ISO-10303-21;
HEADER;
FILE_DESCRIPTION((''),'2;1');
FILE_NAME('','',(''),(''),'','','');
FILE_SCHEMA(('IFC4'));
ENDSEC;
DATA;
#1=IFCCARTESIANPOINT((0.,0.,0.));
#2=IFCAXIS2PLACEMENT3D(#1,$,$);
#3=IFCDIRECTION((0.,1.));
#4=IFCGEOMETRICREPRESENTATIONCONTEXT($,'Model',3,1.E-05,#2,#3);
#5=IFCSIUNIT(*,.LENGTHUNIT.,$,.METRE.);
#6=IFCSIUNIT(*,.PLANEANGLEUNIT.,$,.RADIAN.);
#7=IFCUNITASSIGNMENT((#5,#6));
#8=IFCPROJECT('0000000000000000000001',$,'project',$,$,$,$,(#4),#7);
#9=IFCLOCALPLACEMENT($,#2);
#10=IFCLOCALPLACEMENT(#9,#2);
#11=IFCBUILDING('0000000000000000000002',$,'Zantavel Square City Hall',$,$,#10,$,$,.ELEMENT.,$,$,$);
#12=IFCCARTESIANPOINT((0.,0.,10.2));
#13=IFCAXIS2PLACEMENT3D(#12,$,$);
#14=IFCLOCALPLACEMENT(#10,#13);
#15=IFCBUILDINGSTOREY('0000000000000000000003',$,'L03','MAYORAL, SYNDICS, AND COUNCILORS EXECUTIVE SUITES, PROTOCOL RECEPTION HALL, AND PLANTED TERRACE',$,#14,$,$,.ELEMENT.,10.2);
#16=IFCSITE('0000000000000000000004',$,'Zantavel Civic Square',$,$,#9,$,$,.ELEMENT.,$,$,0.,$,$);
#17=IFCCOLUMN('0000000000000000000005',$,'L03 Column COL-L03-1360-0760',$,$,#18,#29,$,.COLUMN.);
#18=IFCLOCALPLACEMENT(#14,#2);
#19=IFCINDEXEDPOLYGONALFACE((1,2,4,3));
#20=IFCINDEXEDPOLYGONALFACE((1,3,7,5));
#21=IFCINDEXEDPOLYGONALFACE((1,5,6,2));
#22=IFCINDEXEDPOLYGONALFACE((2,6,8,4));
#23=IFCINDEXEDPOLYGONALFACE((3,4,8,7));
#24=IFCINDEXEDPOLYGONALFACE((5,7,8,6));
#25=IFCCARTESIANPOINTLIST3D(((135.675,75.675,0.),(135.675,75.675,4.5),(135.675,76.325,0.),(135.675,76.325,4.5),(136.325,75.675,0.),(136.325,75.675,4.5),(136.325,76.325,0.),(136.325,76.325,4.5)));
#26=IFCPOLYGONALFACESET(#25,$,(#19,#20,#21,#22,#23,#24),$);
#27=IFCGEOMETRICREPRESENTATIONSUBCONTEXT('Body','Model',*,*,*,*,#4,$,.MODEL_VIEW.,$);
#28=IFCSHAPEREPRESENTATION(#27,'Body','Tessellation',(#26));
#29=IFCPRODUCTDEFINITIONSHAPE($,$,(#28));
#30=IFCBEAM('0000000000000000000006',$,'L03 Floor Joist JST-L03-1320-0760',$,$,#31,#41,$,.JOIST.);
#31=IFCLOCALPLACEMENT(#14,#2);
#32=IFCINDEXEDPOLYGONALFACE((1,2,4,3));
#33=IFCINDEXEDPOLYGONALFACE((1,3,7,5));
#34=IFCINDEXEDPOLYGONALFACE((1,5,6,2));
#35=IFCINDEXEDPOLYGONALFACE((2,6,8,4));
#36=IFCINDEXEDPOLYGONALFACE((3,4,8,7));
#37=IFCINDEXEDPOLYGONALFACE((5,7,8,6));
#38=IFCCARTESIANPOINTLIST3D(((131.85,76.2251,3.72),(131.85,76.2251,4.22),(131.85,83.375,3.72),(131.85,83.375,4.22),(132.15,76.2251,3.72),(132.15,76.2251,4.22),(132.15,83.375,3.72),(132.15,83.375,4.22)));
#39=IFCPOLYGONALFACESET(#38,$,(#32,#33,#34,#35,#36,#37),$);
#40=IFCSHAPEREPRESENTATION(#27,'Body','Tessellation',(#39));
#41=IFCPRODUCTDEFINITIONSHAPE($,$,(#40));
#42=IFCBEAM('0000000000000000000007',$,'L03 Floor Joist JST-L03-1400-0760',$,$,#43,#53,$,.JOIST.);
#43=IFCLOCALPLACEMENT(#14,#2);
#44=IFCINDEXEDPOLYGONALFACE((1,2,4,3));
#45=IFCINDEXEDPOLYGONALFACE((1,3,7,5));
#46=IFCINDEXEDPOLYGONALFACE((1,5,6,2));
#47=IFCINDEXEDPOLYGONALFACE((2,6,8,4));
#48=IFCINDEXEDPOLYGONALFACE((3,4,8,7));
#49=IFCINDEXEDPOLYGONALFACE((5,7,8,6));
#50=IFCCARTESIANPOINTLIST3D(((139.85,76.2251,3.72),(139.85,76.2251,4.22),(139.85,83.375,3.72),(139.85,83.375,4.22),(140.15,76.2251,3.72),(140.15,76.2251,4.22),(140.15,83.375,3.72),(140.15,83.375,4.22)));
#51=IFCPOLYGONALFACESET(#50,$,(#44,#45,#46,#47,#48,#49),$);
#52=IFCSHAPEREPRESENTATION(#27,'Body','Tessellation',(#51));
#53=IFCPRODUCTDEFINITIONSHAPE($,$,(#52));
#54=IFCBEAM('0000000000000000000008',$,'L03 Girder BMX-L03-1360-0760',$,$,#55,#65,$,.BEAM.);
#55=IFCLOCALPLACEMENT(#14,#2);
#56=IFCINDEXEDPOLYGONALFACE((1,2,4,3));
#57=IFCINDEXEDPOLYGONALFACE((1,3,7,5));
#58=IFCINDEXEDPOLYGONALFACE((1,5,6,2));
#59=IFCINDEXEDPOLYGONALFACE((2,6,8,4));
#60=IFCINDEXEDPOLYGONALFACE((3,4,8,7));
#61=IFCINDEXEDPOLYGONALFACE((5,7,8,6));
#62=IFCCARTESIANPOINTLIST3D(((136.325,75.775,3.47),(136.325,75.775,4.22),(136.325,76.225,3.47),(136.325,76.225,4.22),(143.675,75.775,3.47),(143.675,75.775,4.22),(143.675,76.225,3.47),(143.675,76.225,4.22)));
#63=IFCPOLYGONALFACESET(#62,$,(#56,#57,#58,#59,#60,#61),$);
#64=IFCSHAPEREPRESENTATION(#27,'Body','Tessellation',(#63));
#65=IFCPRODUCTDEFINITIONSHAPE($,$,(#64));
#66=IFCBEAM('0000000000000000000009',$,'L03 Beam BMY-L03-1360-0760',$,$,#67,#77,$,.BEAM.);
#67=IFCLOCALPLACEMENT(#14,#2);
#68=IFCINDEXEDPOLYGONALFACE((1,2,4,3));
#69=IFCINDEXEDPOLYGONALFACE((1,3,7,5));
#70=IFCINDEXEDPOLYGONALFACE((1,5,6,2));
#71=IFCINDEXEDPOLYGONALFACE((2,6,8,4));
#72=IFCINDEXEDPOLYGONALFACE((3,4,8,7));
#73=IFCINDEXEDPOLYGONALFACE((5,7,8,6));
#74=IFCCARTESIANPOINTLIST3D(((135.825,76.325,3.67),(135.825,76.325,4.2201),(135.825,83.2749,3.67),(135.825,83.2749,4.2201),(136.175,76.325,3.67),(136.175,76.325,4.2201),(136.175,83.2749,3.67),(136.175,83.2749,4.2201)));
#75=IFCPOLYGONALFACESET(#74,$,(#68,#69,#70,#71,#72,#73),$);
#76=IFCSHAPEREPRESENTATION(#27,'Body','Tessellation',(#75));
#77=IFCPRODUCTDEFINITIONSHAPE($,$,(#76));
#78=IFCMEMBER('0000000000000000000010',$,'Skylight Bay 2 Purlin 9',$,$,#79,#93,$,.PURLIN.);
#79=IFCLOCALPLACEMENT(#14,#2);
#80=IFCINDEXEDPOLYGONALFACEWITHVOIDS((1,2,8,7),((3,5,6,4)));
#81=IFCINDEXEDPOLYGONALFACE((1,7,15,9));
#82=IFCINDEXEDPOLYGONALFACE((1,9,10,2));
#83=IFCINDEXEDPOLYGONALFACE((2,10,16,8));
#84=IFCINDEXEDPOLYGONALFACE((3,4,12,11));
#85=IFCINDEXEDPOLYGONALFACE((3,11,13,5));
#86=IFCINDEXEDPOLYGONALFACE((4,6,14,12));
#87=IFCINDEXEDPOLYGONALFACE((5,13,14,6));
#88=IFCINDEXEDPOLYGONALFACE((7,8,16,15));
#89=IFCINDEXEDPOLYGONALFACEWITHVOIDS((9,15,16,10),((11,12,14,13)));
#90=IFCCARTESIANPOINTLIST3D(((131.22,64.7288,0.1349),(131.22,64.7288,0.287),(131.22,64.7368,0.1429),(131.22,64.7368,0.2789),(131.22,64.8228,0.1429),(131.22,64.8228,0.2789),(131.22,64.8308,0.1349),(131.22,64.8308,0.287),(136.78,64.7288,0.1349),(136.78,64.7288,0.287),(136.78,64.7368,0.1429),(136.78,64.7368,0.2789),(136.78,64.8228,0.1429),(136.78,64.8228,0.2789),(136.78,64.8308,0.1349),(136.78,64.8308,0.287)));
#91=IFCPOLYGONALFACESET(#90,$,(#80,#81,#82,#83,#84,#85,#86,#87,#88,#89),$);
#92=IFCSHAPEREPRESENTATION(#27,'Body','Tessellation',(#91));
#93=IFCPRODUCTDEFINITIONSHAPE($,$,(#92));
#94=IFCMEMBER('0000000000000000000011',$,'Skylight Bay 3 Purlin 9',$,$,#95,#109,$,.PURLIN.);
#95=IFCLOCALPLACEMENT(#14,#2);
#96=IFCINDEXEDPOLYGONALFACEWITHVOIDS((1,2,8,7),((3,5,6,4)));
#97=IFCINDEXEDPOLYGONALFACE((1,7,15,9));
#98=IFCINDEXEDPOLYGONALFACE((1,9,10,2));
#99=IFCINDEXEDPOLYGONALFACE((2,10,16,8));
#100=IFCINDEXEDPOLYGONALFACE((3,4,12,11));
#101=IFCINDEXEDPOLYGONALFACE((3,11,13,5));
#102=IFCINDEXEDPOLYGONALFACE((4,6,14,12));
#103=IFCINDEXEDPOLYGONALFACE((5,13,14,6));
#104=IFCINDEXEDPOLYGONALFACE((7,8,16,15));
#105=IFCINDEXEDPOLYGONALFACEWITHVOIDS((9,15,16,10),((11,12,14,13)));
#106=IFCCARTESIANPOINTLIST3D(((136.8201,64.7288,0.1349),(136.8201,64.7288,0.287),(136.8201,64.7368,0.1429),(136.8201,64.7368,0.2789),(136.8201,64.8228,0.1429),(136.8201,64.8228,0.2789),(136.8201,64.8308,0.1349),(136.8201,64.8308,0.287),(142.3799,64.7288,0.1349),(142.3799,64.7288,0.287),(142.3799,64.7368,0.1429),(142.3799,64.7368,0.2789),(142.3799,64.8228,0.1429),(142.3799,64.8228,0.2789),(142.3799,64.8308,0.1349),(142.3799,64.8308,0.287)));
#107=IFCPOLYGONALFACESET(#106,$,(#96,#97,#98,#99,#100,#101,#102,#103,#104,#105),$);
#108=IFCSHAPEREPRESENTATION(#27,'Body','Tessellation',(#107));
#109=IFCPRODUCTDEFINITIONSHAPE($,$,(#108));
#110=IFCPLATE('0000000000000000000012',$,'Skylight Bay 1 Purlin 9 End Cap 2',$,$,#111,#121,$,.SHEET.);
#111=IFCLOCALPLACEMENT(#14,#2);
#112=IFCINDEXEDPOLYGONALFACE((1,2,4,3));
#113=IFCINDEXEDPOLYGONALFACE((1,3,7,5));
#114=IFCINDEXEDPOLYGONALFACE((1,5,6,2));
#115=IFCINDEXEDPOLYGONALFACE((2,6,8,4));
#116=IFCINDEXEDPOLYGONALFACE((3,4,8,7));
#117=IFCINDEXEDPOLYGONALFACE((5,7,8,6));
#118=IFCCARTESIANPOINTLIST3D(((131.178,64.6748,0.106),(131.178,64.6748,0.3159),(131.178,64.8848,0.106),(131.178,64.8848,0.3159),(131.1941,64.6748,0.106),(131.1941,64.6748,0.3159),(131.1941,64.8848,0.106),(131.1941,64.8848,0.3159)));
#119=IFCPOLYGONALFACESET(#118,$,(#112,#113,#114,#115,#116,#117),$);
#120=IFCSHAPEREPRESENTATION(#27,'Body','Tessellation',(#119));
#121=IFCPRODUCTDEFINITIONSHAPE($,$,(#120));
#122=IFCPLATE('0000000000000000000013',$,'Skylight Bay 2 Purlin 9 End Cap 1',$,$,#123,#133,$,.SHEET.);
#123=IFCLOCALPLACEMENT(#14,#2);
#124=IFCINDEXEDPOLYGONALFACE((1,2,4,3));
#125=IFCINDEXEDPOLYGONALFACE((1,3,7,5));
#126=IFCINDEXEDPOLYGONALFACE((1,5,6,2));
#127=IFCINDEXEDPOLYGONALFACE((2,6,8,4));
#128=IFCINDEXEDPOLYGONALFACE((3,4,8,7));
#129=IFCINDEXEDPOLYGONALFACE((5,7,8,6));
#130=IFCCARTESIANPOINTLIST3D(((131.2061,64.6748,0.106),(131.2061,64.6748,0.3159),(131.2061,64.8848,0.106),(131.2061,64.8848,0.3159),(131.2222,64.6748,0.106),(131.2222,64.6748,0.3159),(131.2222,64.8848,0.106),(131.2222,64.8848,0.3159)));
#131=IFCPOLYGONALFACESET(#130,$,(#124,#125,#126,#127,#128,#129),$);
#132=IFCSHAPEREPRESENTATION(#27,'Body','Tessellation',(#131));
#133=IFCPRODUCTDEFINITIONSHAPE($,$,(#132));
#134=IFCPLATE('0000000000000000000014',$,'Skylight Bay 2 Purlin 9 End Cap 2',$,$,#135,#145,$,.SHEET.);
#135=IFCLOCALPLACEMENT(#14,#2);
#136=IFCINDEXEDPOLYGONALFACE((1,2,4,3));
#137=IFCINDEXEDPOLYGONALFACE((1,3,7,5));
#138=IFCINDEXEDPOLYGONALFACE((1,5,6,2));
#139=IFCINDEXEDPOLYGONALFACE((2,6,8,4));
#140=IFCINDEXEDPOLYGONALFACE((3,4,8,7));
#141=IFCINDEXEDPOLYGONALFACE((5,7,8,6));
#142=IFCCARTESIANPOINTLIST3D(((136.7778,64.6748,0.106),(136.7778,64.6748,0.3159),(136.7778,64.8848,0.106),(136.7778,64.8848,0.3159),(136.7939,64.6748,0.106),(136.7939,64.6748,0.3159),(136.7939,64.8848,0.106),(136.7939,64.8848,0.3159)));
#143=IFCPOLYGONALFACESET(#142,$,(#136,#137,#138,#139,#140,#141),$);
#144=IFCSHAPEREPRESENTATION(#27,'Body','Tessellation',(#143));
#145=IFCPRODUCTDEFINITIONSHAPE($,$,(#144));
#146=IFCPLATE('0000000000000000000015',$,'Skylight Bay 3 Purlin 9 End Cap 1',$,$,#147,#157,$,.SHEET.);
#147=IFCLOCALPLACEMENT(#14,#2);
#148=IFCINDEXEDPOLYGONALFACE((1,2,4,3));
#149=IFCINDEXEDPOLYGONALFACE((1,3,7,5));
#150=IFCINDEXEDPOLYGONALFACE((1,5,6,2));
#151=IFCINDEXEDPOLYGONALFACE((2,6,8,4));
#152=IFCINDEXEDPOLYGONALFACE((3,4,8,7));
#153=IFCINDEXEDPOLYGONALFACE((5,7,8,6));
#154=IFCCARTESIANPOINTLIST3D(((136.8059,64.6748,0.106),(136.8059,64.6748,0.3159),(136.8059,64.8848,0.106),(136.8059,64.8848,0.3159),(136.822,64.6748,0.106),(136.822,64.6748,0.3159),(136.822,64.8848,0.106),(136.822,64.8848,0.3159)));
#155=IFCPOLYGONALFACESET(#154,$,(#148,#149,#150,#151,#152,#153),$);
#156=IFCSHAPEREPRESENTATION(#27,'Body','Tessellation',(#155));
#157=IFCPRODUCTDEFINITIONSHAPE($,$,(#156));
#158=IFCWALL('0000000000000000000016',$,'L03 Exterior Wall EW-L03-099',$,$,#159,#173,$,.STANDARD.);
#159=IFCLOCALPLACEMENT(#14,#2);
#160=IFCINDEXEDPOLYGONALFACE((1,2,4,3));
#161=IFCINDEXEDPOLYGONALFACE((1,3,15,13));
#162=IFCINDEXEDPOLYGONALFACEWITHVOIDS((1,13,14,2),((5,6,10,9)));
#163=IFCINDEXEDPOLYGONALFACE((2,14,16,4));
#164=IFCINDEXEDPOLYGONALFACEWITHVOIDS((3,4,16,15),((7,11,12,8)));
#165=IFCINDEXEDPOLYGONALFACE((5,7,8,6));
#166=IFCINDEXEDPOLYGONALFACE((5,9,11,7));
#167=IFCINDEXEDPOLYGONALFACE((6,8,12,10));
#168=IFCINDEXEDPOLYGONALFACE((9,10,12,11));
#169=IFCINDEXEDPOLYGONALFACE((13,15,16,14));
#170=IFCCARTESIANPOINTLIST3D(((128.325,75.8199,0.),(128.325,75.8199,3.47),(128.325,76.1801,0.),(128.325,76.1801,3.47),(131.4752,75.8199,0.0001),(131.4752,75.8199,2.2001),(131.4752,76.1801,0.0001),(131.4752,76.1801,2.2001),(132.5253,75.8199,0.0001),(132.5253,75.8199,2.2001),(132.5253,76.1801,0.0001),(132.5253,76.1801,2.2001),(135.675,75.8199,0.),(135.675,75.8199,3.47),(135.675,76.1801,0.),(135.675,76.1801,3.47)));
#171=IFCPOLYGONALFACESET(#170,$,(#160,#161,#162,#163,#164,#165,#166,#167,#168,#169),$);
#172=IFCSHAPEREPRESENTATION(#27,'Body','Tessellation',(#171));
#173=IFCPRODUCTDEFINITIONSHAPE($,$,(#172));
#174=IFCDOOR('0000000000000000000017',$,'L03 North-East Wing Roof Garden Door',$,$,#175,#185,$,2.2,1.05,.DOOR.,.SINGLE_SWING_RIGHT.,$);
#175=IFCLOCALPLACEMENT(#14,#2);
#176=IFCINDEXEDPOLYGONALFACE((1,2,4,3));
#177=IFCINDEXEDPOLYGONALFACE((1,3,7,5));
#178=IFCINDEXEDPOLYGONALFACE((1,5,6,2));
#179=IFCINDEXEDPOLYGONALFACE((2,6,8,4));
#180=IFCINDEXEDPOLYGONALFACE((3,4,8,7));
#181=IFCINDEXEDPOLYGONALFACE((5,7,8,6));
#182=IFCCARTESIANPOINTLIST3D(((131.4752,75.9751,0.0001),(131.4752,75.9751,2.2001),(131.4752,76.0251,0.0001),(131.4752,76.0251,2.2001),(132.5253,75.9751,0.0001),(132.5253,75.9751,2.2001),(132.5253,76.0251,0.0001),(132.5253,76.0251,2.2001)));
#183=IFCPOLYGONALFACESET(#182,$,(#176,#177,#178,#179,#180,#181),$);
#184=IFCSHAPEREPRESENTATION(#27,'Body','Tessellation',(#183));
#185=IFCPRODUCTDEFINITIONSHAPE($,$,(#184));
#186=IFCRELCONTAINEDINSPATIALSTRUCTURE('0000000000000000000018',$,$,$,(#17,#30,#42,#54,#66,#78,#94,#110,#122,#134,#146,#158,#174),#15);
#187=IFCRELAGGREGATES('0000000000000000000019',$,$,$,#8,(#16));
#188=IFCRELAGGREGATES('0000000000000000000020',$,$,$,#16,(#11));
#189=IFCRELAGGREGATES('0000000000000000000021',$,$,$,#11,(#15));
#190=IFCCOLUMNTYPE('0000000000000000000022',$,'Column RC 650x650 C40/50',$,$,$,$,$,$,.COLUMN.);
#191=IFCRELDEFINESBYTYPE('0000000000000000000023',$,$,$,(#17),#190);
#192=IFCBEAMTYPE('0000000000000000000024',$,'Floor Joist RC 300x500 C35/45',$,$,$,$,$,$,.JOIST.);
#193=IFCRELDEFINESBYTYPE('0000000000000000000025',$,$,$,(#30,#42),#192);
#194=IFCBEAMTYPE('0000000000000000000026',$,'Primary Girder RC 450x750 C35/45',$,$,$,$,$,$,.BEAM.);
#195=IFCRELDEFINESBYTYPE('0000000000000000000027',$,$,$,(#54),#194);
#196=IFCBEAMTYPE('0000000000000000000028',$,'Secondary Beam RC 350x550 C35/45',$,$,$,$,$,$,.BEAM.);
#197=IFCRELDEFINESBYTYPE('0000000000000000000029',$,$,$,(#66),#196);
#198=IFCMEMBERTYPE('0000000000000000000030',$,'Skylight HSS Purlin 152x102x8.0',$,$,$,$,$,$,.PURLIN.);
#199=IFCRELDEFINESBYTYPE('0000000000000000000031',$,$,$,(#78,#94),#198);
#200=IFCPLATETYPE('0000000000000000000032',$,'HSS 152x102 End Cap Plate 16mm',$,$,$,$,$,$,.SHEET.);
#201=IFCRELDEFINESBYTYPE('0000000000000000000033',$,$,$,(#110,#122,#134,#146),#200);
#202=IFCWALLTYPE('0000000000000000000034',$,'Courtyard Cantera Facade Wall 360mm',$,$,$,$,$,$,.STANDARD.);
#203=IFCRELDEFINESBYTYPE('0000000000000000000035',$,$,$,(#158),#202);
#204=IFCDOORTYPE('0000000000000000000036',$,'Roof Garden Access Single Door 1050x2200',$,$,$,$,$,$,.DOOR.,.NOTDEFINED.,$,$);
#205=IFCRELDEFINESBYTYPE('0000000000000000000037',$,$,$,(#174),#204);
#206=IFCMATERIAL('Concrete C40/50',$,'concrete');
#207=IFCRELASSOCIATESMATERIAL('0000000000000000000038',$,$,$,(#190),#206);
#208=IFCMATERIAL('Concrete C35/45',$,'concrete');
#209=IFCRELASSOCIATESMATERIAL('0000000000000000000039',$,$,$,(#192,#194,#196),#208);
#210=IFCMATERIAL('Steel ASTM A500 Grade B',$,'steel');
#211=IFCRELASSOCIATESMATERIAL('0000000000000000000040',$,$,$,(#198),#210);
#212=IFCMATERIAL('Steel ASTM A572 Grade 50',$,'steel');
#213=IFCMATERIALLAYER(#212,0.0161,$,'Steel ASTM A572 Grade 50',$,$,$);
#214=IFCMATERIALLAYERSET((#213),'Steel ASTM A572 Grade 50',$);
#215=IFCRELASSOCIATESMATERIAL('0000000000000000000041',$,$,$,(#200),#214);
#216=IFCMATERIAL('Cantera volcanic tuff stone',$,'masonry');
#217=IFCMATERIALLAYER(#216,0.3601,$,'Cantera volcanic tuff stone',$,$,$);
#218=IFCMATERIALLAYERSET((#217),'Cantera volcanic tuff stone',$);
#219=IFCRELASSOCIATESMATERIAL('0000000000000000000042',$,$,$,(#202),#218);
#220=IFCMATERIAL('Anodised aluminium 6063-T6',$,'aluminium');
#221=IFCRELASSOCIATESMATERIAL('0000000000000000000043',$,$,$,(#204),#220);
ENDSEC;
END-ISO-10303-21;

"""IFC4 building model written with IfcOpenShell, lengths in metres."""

from ifc_helpers import new_model, si_unit, direction, frame, frame_2d, origin, origin_2d, place, context, subcontext, project, spatial, rectangle, hollow_rectangle, extrude, material, layer, layer_set, material_profile, profile_set, type_object, element, fill, save


model = new_model("IFC4")

# Units and contexts
model_context = context("Model", 3, precision=1e-05, world=origin(), true_north=direction((0.0, 1.0)))
body_context = subcontext(model_context, "Body", "Model", "MODEL_VIEW")
ifc_project = project(units=[si_unit("LENGTHUNIT", "METRE"), si_unit("PLANEANGLEUNIT", "RADIAN")], contexts=[model_context])

# Site, building, storey
site_placement = place(None, origin())
site = spatial("IfcSite", under=ifc_project, at=site_placement, Name="Zantavel Civic Square", CompositionType="ELEMENT", RefElevation=0.0)
building_placement = place(site_placement, origin())
building = spatial("IfcBuilding", under=site, at=building_placement, Name="Zantavel Square City Hall", CompositionType="ELEMENT")
storey_placement = place(building_placement, frame((0.0, 0.0, 10.2)))
storey = spatial("IfcBuildingStorey", under=building, at=storey_placement, Name="L03", Description="MAYORAL, SYNDICS, AND COUNCILORS EXECUTIVE SUITES, PROTOCOL RECEPTION HALL, AND PLANTED TERRACE", CompositionType="ELEMENT", Elevation=10.2)

# Column
ifc_material_1 = material(Name="Concrete C40/50", Category="concrete")
ifc_material_profile_1 = material_profile(ifc_material_1, rectangle(XDim=0.6499, YDim=0.6499, at=origin_2d()), Name="RC 650x650")
ifc_profile_set_1 = profile_set([ifc_material_profile_1], Name="Concrete C40/50")
column_type = type_object("IfcColumnType", Name="Column RC 650x650 C40/50", PredefinedType="COLUMN", material=ifc_profile_set_1)
column_placement = place(storey_placement, frame((136.0, 76.0, 0.0), z_axis=(0.0, 0.0, 1.0), x_axis=(1.0, 0.0, 0.0)))
element("IfcColumn", 1, at=column_placement, inside=storey, type_object=column_type, Name="L03 Column COL-L03-1360-0760", PredefinedType="COLUMN", context=body_context, shape_type="SweptSolid", body=[
    extrude(rectangle(XDim=0.6499, YDim=0.6499, at=origin_2d()), origin(), (0.0, 0.0, 1.0), 4.5),
])

# Beams
ifc_material_2 = material(Name="Concrete C35/45", Category="concrete")
ifc_material_profile_2 = material_profile(ifc_material_2, rectangle(XDim=0.3, YDim=0.5, at=origin_2d()), Name="RC 300x500")
ifc_profile_set_2 = profile_set([ifc_material_profile_2], Name="Concrete C35/45")
beam_type_1 = type_object("IfcBeamType", Name="Floor Joist RC 300x500 C35/45", PredefinedType="JOIST", material=ifc_profile_set_2)
for number, where, z_axis, x_axis, name in (
    (2, (132.0, 76.2251, 3.97), (0.0, 1.0, 0.0), (-1.0, 0.0, 0.0), "L03 Floor Joist JST-L03-1320-0760"),
    (3, (140.0, 76.2251, 3.97), (0.0, 1.0, 0.0), (-1.0, 0.0, 0.0), "L03 Floor Joist JST-L03-1400-0760"),
):
    element("IfcBeam", number, at=place(storey_placement, frame(where, z_axis=z_axis, x_axis=x_axis)), inside=storey, type_object=beam_type_1, Name=name, PredefinedType="JOIST", context=body_context, shape_type="SweptSolid", body=[
        extrude(rectangle(XDim=0.3, YDim=0.5, at=origin_2d()), origin(), (0.0, 0.0, 1.0), 7.1499),
    ])
ifc_material_profile_3 = material_profile(ifc_material_2, rectangle(XDim=0.45, YDim=0.75, at=origin_2d()), Name="RC 450x750")
ifc_profile_set_3 = profile_set([ifc_material_profile_3], Name="Concrete C35/45")
beam_type_2 = type_object("IfcBeamType", Name="Primary Girder RC 450x750 C35/45", PredefinedType="BEAM", material=ifc_profile_set_3)
beam_1_placement = place(storey_placement, frame((136.325, 76.0, 3.845), z_axis=(1.0, 0.0, 0.0), x_axis=(0.0, 1.0, 0.0)))
element("IfcBeam", 4, at=beam_1_placement, inside=storey, type_object=beam_type_2, Name="L03 Girder BMX-L03-1360-0760", PredefinedType="BEAM", context=body_context, shape_type="SweptSolid", body=[
    extrude(rectangle(XDim=0.45, YDim=0.75, at=origin_2d()), origin(), (0.0, 0.0, 1.0), 7.3501),
])
ifc_material_profile_4 = material_profile(ifc_material_2, rectangle(XDim=0.3501, YDim=0.55, at=origin_2d()), Name="RC 350x550")
ifc_profile_set_4 = profile_set([ifc_material_profile_4], Name="Concrete C35/45")
beam_type_3 = type_object("IfcBeamType", Name="Secondary Beam RC 350x550 C35/45", PredefinedType="BEAM", material=ifc_profile_set_4)
beam_2_placement = place(storey_placement, frame((136.0, 76.325, 3.9451), z_axis=(0.0, 1.0, 0.0), x_axis=(-1.0, 0.0, 0.0)))
element("IfcBeam", 5, at=beam_2_placement, inside=storey, type_object=beam_type_3, Name="L03 Beam BMY-L03-1360-0760", PredefinedType="BEAM", context=body_context, shape_type="SweptSolid", body=[
    extrude(rectangle(XDim=0.3501, YDim=0.55, at=origin_2d()), origin(), (0.0, 0.0, 1.0), 6.95),
])

# Members
ifc_material_3 = material(Name="Steel ASTM A500 Grade B", Category="steel")
ifc_material_profile_5 = material_profile(ifc_material_3, hollow_rectangle(XDim=0.1021, YDim=0.1521, WallThickness=0.0081, at=origin_2d()), Name="HSS 152x102x8.0")
ifc_profile_set_5 = profile_set([ifc_material_profile_5], Name="Steel ASTM A500 Grade B")
member_type = type_object("IfcMemberType", Name="Skylight HSS Purlin 152x102x8.0", PredefinedType="PURLIN", material=ifc_profile_set_5)
member_1_placement = place(storey_placement, frame((131.22, 64.7798, 0.2109), z_axis=(1.0, 0.0, 0.0), x_axis=(0.0, 1.0, 0.0)))
element("IfcMember", 6, at=member_1_placement, inside=storey, type_object=member_type, Name="Skylight Bay 2 Purlin 9", PredefinedType="PURLIN", context=body_context, shape_type="SweptSolid", body=[
    extrude(hollow_rectangle(XDim=0.1021, YDim=0.1521, WallThickness=0.0081, at=origin_2d()), origin(), (0.0, 0.0, 1.0), 5.5601),
])
member_2_placement = place(storey_placement, frame((136.8201, 64.7798, 0.2109), z_axis=(1.0, 0.0, 0.0), x_axis=(0.0, 1.0, 0.0)))
element("IfcMember", 7, at=member_2_placement, inside=storey, type_object=member_type, Name="Skylight Bay 3 Purlin 9", PredefinedType="PURLIN", context=body_context, shape_type="SweptSolid", body=[
    extrude(hollow_rectangle(XDim=0.1021, YDim=0.1521, WallThickness=0.0081, at=origin_2d()), origin(), (0.0, 0.0, 1.0), 5.5598),
])

# Plates
ifc_material_4 = material(Name="Steel ASTM A572 Grade 50", Category="steel")
ifc_layer_1 = layer(ifc_material_4, 0.0161, Name="Steel ASTM A572 Grade 50")
ifc_layer_set_1 = layer_set([ifc_layer_1], Name="Steel ASTM A572 Grade 50")
plate_type = type_object("IfcPlateType", Name="HSS 152x102 End Cap Plate 16mm", PredefinedType="SHEET", material=ifc_layer_set_1)
for number, where, z_axis, x_axis, name in (
    (8, (131.186, 64.7798, 0.106), (0.0, 0.0, 1.0), (1.0, 0.0, 0.0), "Skylight Bay 1 Purlin 9 End Cap 2"),
    (9, (131.2141, 64.7798, 0.106), (0.0, 0.0, 1.0), (1.0, 0.0, 0.0), "Skylight Bay 2 Purlin 9 End Cap 1"),
    (10, (136.7859, 64.7798, 0.106), (0.0, 0.0, 1.0), (1.0, 0.0, 0.0), "Skylight Bay 2 Purlin 9 End Cap 2"),
    (11, (136.814, 64.7798, 0.106), (0.0, 0.0, 1.0), (1.0, 0.0, 0.0), "Skylight Bay 3 Purlin 9 End Cap 1"),
):
    element("IfcPlate", number, at=place(storey_placement, frame(where, z_axis=z_axis, x_axis=x_axis)), inside=storey, type_object=plate_type, Name=name, PredefinedType="SHEET", context=body_context, shape_type="SweptSolid", body=[
        extrude(rectangle(XDim=0.0161, YDim=0.21, at=origin_2d()), origin(), (0.0, 0.0, 1.0), 0.21),
    ])

# Wall, opening, door
ifc_material_5 = material(Name="Cantera volcanic tuff stone", Category="masonry")
ifc_layer_2 = layer(ifc_material_5, 0.3601, Name="Cantera volcanic tuff stone")
ifc_layer_set_2 = layer_set([ifc_layer_2], Name="Cantera volcanic tuff stone")
wall_type = type_object("IfcWallType", Name="Courtyard Cantera Facade Wall 360mm", PredefinedType="STANDARD", material=ifc_layer_set_2)
wall_placement = place(storey_placement, frame((135.675, 76.0, 0.0), z_axis=(0.0, 0.0, 1.0), x_axis=(-1.0, 0.0, 0.0)))
wall = element("IfcWall", 12, at=wall_placement, inside=storey, type_object=wall_type, Name="L03 Exterior Wall EW-L03-099", PredefinedType="STANDARD", context=body_context, shape_type="SweptSolid", body=[
    extrude(rectangle(XDim=7.3501, YDim=0.3601, at=frame_2d((3.675, 0.0))), origin(), (0.0, 0.0, 1.0), 3.47),
])
opening_placement = place(wall_placement, frame((3.1499, 0.0, 0.0)))
opening = element("IfcOpeningElement", 13, at=opening_placement, cuts=wall, PredefinedType="OPENING", context=body_context, shape_type="SweptSolid", body=[
    extrude(rectangle(XDim=1.05, YDim=2.2, at=frame_2d((0.5249, 1.1001))), frame((0.0, 0.1899, 0.0), z_axis=(0.0, -1.0, 0.0), x_axis=(1.0, 0.0, 0.0)), (0.0, 0.0, 1.0), 0.3801),
])
ifc_material_6 = material(Name="Anodised aluminium 6063-T6", Category="aluminium")
door_type = type_object("IfcDoorType", Name="Roof Garden Access Single Door 1050x2200", OperationType="NOTDEFINED", PredefinedType="DOOR", material=ifc_material_6)
door_placement = place(opening_placement, origin())
door = element("IfcDoor", 14, at=door_placement, inside=storey, type_object=door_type, Name="L03 North-East Wing Roof Garden Door", OperationType="SINGLE_SWING_RIGHT", OverallHeight=2.2, OverallWidth=1.05, PredefinedType="DOOR", context=body_context, shape_type="SweptSolid", body=[
    extrude(rectangle(XDim=1.05, YDim=2.2, at=frame_2d((0.5249, 1.1001))), frame((0.0, 0.0249, 0.0), z_axis=(0.0, -1.0, 0.0), x_axis=(1.0, 0.0, 0.0)), (0.0, 0.0, 1.0), 0.05),
])
fill(opening, door)

save(model, "model.ifc")
